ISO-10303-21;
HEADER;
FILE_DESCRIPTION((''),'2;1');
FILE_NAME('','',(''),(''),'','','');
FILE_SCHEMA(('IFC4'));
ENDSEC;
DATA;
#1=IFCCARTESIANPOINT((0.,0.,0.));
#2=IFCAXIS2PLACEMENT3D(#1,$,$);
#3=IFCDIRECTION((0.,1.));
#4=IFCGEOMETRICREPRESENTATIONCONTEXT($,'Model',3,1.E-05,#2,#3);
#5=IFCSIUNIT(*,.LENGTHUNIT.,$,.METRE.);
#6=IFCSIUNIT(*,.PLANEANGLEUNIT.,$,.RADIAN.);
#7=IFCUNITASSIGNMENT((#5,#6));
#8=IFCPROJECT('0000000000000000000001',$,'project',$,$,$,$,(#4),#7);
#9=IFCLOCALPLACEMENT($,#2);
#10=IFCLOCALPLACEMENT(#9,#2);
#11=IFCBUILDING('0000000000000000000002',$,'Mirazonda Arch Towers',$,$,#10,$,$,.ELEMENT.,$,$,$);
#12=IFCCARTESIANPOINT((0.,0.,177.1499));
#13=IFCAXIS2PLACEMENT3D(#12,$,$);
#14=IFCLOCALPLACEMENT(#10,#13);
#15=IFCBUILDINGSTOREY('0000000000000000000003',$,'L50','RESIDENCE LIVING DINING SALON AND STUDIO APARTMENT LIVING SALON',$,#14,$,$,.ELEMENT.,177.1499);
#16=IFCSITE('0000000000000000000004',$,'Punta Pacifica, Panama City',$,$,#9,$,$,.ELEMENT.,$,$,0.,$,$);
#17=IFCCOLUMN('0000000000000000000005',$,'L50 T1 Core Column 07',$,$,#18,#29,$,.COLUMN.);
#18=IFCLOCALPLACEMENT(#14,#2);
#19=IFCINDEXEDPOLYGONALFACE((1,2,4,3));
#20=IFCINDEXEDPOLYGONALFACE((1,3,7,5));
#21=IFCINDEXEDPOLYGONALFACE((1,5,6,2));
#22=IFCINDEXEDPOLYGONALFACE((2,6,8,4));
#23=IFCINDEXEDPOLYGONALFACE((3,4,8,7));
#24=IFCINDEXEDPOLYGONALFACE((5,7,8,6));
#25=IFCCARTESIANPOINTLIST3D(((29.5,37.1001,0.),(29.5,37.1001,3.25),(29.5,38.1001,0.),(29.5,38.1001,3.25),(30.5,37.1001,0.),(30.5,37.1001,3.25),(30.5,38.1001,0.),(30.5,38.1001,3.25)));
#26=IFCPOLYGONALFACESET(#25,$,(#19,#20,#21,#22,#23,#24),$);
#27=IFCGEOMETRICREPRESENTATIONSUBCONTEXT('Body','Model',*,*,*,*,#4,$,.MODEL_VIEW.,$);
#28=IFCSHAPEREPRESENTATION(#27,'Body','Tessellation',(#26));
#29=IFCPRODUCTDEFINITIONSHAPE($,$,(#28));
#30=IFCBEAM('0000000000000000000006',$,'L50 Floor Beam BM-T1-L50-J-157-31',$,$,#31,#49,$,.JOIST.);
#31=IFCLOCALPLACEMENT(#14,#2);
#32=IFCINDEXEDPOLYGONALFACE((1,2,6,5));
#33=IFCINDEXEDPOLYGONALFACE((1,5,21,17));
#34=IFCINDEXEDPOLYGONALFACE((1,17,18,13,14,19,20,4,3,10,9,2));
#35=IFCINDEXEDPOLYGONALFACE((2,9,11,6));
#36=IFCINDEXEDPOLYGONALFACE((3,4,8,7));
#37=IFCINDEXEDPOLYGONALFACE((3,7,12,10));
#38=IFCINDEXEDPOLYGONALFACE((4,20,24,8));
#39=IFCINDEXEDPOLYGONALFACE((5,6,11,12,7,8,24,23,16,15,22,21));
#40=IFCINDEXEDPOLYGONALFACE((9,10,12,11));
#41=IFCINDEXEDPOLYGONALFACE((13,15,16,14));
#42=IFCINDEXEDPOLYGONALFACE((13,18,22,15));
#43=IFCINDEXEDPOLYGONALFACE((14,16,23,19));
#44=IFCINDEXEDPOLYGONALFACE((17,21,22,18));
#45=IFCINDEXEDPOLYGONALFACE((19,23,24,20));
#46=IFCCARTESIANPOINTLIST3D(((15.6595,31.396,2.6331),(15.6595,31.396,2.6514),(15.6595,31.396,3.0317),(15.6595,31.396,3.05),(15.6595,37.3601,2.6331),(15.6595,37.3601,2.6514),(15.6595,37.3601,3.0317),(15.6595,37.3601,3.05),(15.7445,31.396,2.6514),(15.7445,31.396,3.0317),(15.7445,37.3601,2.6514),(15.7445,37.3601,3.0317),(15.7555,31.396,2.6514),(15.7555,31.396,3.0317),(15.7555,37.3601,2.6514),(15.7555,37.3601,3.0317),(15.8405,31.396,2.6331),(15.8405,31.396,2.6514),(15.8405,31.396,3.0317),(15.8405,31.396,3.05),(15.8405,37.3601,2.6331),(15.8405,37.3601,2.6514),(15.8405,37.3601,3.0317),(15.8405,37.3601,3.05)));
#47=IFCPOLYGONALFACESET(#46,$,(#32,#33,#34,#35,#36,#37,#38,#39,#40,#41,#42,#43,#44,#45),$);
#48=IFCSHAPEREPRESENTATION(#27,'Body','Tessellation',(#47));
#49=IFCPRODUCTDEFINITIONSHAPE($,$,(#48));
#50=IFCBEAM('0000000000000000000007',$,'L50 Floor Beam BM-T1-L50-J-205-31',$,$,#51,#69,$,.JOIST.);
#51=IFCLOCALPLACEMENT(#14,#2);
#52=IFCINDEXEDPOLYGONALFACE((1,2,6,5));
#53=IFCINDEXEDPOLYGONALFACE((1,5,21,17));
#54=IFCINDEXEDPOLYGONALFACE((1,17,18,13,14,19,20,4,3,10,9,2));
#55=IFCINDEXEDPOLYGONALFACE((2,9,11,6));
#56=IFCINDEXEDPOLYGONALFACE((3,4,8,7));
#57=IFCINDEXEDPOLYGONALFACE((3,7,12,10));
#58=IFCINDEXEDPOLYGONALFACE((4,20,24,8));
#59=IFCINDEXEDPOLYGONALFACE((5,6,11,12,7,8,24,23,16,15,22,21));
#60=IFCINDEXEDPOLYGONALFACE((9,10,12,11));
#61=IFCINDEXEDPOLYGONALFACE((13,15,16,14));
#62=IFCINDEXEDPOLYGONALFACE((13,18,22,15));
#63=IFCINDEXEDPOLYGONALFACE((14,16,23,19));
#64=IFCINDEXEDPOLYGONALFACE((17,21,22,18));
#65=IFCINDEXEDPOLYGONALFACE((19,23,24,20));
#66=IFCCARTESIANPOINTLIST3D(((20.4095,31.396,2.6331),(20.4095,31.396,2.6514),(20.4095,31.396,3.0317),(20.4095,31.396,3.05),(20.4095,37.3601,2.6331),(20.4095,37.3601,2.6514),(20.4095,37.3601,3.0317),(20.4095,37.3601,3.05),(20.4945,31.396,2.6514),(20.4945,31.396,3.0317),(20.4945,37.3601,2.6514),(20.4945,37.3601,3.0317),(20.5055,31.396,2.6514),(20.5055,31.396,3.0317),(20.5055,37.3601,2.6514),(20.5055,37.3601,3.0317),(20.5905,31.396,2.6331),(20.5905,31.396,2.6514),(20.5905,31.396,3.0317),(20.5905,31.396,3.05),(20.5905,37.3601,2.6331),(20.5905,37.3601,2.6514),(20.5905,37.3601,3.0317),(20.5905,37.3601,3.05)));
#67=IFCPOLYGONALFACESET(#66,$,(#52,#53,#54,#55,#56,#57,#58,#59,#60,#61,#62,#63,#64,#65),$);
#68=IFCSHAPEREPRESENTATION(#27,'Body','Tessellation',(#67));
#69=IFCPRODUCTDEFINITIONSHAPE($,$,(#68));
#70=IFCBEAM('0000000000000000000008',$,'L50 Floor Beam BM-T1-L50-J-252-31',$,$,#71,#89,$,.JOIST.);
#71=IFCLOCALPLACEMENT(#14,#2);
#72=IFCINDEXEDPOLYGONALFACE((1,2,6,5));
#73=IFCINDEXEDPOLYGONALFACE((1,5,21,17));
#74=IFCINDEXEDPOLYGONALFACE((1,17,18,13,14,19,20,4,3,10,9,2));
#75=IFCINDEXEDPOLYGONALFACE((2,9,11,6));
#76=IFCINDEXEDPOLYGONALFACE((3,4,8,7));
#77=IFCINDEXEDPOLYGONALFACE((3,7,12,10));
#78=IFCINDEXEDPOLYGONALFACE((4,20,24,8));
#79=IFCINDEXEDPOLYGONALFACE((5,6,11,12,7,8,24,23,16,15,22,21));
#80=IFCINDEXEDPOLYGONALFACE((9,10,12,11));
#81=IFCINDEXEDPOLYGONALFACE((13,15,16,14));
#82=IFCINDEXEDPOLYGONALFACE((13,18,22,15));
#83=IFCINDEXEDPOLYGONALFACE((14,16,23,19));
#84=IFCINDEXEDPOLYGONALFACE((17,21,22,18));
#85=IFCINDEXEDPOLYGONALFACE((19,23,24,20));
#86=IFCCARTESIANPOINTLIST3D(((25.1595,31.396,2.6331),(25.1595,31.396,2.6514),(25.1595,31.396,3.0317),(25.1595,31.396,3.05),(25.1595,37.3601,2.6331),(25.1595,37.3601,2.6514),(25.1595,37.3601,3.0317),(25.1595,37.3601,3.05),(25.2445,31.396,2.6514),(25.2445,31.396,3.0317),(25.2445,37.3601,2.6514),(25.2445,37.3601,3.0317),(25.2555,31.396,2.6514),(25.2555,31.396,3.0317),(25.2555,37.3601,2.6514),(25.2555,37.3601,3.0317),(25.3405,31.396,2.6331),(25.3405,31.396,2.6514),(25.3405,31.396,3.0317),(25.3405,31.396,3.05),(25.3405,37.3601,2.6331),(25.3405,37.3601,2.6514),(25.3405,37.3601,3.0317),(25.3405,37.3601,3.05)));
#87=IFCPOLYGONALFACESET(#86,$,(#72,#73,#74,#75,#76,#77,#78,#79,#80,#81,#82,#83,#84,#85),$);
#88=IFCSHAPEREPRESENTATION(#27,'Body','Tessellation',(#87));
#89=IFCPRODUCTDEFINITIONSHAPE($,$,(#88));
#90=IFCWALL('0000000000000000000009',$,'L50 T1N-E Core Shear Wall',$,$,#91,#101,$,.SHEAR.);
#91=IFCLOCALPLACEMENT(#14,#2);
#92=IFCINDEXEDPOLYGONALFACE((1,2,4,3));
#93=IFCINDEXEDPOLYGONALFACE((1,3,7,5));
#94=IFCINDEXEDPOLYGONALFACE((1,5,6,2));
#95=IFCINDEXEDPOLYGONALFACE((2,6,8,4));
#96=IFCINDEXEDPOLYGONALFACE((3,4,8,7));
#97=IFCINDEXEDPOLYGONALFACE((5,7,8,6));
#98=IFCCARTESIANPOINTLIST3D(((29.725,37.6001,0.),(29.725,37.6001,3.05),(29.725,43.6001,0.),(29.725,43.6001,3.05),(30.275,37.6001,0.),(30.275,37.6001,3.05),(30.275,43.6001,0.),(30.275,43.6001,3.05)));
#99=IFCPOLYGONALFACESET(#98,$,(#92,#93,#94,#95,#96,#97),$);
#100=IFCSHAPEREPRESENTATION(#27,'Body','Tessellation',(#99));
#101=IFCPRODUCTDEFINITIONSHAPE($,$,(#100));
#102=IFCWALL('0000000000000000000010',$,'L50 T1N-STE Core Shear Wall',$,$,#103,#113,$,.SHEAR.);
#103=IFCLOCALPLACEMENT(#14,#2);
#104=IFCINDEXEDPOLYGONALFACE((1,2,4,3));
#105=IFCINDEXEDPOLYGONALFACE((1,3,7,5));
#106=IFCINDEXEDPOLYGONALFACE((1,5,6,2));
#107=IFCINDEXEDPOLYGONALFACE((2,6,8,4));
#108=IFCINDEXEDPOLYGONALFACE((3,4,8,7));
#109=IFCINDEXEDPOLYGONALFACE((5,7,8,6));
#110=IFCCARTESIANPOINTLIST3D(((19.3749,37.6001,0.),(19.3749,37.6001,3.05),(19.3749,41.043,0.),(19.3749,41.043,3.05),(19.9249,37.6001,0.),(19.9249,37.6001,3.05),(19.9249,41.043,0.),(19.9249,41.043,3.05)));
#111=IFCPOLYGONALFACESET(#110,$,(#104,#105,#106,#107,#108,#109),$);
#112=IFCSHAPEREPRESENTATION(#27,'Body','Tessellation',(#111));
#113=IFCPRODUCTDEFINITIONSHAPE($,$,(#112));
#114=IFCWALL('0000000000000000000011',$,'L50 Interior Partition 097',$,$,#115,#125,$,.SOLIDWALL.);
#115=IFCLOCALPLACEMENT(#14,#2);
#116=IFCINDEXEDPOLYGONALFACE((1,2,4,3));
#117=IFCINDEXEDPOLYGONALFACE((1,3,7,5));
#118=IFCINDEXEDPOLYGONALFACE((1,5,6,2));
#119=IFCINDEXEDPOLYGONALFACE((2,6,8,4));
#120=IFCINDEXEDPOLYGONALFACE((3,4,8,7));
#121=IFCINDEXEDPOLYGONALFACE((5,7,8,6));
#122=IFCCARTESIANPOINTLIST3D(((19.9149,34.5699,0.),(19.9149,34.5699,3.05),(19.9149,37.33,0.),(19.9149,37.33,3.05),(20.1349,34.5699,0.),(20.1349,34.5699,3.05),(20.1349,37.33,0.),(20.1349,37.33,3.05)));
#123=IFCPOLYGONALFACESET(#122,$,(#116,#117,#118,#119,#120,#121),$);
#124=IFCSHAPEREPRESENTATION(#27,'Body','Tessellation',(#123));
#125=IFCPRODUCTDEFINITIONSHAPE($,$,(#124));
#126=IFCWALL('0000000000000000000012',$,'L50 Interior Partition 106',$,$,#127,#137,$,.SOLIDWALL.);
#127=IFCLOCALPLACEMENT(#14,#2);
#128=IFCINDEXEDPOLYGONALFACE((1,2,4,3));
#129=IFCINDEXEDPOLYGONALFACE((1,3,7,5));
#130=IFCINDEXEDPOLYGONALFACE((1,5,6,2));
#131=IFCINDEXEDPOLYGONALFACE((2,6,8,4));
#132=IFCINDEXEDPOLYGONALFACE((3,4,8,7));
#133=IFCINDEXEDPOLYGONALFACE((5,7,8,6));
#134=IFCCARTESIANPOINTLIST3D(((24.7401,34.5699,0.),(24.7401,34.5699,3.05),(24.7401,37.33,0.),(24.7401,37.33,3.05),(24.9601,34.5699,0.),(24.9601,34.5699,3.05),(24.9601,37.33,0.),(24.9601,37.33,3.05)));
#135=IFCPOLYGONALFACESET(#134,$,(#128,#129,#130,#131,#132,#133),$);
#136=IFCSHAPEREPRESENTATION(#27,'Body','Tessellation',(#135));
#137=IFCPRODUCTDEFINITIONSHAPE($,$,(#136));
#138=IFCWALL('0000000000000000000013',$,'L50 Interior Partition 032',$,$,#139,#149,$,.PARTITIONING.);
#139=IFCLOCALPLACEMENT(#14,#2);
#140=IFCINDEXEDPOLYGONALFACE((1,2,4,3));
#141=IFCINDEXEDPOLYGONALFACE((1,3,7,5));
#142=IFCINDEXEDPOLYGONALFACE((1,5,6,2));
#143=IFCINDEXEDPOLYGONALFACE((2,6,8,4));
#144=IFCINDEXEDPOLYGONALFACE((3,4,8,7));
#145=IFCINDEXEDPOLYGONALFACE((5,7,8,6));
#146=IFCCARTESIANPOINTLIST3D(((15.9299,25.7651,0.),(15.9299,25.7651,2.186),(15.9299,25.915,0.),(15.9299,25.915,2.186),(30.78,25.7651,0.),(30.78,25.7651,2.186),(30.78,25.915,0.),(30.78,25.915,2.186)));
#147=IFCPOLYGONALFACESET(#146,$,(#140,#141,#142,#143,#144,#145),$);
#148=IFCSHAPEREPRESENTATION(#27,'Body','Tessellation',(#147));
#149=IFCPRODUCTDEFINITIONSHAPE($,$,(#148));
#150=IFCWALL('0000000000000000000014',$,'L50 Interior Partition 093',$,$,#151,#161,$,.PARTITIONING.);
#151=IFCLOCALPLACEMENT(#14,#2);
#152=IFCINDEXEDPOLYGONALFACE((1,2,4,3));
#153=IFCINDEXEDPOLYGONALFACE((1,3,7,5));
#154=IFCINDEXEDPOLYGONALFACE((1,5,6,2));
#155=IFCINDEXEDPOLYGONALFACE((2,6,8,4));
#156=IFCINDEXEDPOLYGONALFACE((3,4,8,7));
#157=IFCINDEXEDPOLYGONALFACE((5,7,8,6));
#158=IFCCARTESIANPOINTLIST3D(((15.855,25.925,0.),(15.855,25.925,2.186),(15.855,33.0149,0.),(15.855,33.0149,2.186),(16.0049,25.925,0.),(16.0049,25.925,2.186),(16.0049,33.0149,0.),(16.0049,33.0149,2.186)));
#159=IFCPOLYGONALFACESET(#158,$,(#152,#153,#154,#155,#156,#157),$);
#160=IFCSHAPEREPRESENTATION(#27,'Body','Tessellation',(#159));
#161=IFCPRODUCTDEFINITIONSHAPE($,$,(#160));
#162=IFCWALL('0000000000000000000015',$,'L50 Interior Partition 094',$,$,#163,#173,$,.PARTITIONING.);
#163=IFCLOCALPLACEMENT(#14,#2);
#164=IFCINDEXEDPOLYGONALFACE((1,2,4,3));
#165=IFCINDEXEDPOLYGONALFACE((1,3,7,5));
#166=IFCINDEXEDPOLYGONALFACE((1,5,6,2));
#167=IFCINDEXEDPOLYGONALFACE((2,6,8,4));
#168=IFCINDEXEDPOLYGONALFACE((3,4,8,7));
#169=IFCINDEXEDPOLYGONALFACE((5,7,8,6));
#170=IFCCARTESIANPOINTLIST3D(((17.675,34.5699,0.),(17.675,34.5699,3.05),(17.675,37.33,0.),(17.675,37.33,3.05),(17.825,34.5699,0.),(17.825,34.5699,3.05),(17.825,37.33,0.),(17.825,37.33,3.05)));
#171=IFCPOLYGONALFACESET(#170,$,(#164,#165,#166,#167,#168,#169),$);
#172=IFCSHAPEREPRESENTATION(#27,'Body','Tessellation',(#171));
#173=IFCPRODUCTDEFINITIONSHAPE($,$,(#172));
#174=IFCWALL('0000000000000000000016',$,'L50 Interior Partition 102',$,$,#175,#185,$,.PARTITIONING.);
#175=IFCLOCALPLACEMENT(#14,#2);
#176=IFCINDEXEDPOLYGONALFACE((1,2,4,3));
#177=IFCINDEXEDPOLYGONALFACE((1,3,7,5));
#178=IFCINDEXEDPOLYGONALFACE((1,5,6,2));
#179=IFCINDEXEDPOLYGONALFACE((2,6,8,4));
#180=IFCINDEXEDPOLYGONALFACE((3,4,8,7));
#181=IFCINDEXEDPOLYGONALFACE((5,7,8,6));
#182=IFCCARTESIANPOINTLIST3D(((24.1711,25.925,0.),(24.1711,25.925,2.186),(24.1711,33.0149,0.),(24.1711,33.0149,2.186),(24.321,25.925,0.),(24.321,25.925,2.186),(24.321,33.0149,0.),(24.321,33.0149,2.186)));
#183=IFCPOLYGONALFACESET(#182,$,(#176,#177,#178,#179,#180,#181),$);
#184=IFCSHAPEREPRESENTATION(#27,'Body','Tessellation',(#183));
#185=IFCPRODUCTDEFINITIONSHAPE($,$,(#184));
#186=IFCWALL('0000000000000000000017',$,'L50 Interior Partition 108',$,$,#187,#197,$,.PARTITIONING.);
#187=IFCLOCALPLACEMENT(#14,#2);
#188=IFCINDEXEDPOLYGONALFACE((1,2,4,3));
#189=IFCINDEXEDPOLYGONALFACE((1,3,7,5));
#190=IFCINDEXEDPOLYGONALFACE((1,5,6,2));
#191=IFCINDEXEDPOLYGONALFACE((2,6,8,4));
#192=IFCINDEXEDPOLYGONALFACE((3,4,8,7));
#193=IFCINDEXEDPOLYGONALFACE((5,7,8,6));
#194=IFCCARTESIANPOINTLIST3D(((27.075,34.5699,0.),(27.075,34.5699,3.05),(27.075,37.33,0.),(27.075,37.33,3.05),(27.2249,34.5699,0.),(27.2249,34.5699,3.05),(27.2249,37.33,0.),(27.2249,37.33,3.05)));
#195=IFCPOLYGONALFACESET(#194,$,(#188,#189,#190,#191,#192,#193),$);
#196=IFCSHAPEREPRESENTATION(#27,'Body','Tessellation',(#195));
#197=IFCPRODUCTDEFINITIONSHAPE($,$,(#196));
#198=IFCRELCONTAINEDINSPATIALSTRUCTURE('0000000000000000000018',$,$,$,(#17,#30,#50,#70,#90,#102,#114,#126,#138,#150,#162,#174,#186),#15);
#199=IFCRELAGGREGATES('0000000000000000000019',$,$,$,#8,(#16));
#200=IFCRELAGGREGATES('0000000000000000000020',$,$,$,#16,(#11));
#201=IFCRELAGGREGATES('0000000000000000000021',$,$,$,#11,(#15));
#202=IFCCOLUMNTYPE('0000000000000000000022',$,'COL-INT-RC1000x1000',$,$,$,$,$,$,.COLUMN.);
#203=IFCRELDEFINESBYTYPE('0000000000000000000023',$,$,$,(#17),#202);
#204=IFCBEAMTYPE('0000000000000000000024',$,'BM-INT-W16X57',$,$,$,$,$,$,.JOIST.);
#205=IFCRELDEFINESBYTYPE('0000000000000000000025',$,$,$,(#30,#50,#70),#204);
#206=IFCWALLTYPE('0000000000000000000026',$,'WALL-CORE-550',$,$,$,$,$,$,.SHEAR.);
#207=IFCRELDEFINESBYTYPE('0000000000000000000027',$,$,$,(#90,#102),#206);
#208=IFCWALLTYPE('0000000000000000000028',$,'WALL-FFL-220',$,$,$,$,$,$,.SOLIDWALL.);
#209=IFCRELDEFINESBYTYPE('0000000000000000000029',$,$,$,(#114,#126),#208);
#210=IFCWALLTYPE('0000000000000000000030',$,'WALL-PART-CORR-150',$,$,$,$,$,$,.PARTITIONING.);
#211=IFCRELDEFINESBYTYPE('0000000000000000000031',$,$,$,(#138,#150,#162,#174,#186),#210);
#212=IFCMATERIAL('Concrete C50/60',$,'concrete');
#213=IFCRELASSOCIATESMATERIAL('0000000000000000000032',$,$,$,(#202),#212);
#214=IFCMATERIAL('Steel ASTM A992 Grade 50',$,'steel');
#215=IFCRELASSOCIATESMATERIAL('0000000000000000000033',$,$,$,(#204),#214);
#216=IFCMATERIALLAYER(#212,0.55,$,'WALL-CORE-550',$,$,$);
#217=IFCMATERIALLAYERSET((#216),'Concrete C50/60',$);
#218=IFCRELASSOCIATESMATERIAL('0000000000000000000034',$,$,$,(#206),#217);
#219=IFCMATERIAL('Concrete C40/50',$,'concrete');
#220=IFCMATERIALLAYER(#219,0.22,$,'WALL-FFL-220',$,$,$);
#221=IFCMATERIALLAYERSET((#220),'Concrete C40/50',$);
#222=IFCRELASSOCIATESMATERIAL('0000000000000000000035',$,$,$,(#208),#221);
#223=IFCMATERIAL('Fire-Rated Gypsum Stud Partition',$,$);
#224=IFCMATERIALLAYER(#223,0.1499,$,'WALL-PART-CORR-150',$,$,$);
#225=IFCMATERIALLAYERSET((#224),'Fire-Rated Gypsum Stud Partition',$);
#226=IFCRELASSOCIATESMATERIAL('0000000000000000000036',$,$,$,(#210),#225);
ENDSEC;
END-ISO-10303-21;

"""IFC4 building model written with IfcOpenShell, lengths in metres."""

from ifc_helpers import new_model, si_unit, direction, frame, frame_2d, origin, origin_2d, place, context, subcontext, project, spatial, rectangle, i_section, extrude, material, layer, layer_set, material_profile, profile_set, type_object, element, save


model = new_model("IFC4")

# Units and contexts
model_context = context("Model", 3, precision=1e-05, world=origin(), true_north=direction((0.0, 1.0)))
body_context = subcontext(model_context, "Body", "Model", "MODEL_VIEW")
ifc_project = project(units=[si_unit("LENGTHUNIT", "METRE"), si_unit("PLANEANGLEUNIT", "RADIAN")], contexts=[model_context])

# Site, building, storey
site_placement = place(None, origin())
site = spatial("IfcSite", under=ifc_project, at=site_placement, Name="Punta Pacifica, Panama City", CompositionType="ELEMENT", RefElevation=0.0)
building_placement = place(site_placement, origin())
building = spatial("IfcBuilding", under=site, at=building_placement, Name="Mirazonda Arch Towers", CompositionType="ELEMENT")
storey_placement = place(building_placement, frame((0.0, 0.0, 177.1499)))
storey = spatial("IfcBuildingStorey", under=building, at=storey_placement, Name="L50", Description="RESIDENCE LIVING DINING SALON AND STUDIO APARTMENT LIVING SALON", CompositionType="ELEMENT", Elevation=177.1499)

# Column
ifc_material_1 = material(Name="Concrete C50/60", Category="concrete")
ifc_material_profile_1 = material_profile(ifc_material_1, rectangle(XDim=1.0, YDim=1.0, at=origin_2d()), Name="RC1000x1000")
ifc_profile_set_1 = profile_set([ifc_material_profile_1], Name="Concrete C50/60")
column_type = type_object("IfcColumnType", Name="COL-INT-RC1000x1000", PredefinedType="COLUMN", material=ifc_profile_set_1)
column_placement = place(storey_placement, frame((30.0, 37.6001, 0.0), z_axis=(0.0, 0.0, 1.0), x_axis=(1.0, 0.0, 0.0)))
element("IfcColumn", 1, at=column_placement, inside=storey, type_object=column_type, Name="L50 T1 Core Column 07", PredefinedType="COLUMN", context=body_context, shape_type="SweptSolid", body=[
    extrude(rectangle(XDim=1.0, YDim=1.0, at=origin_2d()), origin(), (0.0, 0.0, 1.0), 3.25),
])

# Beams
ifc_material_2 = material(Name="Steel ASTM A992 Grade 50", Category="steel")
ifc_material_profile_2 = material_profile(ifc_material_2, i_section(OverallWidth=0.1809, OverallDepth=0.417, WebThickness=0.011, FlangeThickness=0.0183, at=origin_2d()), Name="W16X57")
ifc_profile_set_2 = profile_set([ifc_material_profile_2], Name="Steel ASTM A992 Grade 50")
beam_type = type_object("IfcBeamType", Name="BM-INT-W16X57", PredefinedType="JOIST", material=ifc_profile_set_2)
for number, where, z_axis, x_axis, name in (
    (2, (15.75, 31.396, 2.8416), (0.0, 1.0, 0.0), (-1.0, 0.0, 0.0), "L50 Floor Beam BM-T1-L50-J-157-31"),
    (3, (20.5, 31.396, 2.8416), (0.0, 1.0, 0.0), (-1.0, 0.0, 0.0), "L50 Floor Beam BM-T1-L50-J-205-31"),
    (4, (25.25, 31.396, 2.8416), (0.0, 1.0, 0.0), (-1.0, 0.0, 0.0), "L50 Floor Beam BM-T1-L50-J-252-31"),
):
    element("IfcBeam", number, at=place(storey_placement, frame(where, z_axis=z_axis, x_axis=x_axis)), inside=storey, type_object=beam_type, Name=name, PredefinedType="JOIST", context=body_context, shape_type="SweptSolid", body=[
        extrude(i_section(OverallWidth=0.1809, OverallDepth=0.417, WebThickness=0.011, FlangeThickness=0.0183, at=origin_2d()), origin(), (0.0, 0.0, 1.0), 5.9641),
    ])

# Walls
ifc_layer_1 = layer(ifc_material_1, 0.55, Name="WALL-CORE-550")
ifc_layer_set_1 = layer_set([ifc_layer_1], Name="Concrete C50/60")
wall_type_1 = type_object("IfcWallType", Name="WALL-CORE-550", PredefinedType="SHEAR", material=ifc_layer_set_1)
wall_1_placement = place(storey_placement, frame((30.0, 37.6001, 0.0), z_axis=(0.0, 0.0, 1.0), x_axis=(0.0, 1.0, 0.0)))
element("IfcWall", 5, at=wall_1_placement, inside=storey, type_object=wall_type_1, Name="L50 T1N-E Core Shear Wall", PredefinedType="SHEAR", context=body_context, shape_type="SweptSolid", body=[
    extrude(rectangle(XDim=6.0, YDim=0.55, at=frame_2d((3.0, 0.0))), origin(), (0.0, 0.0, 1.0), 3.05),
])
wall_2_placement = place(storey_placement, frame((19.6499, 37.6001, 0.0), z_axis=(0.0, 0.0, 1.0), x_axis=(0.0, 1.0, 0.0)))
element("IfcWall", 6, at=wall_2_placement, inside=storey, type_object=wall_type_1, Name="L50 T1N-STE Core Shear Wall", PredefinedType="SHEAR", context=body_context, shape_type="SweptSolid", body=[
    extrude(rectangle(XDim=3.4429, YDim=0.55, at=frame_2d((1.7214, 0.0))), origin(), (0.0, 0.0, 1.0), 3.05),
])

# Shared definitions
ifc_material_3 = material(Name="Concrete C40/50", Category="concrete")
ifc_layer_2 = layer(ifc_material_3, 0.22, Name="WALL-FFL-220")
ifc_layer_set_2 = layer_set([ifc_layer_2], Name="Concrete C40/50")
wall_type_2 = type_object("IfcWallType", Name="WALL-FFL-220", PredefinedType="SOLIDWALL", material=ifc_layer_set_2)

# Walls
for number, where, z_axis, x_axis, name in (
    (7, (20.0249, 34.5701, 0.0), (0.0, 0.0, 1.0), (0.0, 1.0, 0.0), "L50 Interior Partition 097"),
    (8, (24.8501, 34.5701, 0.0), (0.0, 0.0, 1.0), (0.0, 1.0, 0.0), "L50 Interior Partition 106"),
):
    element("IfcWall", number, at=place(storey_placement, frame(where, z_axis=z_axis, x_axis=x_axis)), inside=storey, type_object=wall_type_2, Name=name, PredefinedType="SOLIDWALL", context=body_context, shape_type="SweptSolid", body=[
        extrude(rectangle(XDim=2.76, YDim=0.22, at=frame_2d((1.3799, 0.0))), origin(), (0.0, 0.0, 1.0), 3.05),
    ])
ifc_material_4 = material(Name="Fire-Rated Gypsum Stud Partition")
ifc_layer_3 = layer(ifc_material_4, 0.1499, Name="WALL-PART-CORR-150")
ifc_layer_set_3 = layer_set([ifc_layer_3], Name="Fire-Rated Gypsum Stud Partition")
wall_type_3 = type_object("IfcWallType", Name="WALL-PART-CORR-150", PredefinedType="PARTITIONING", material=ifc_layer_set_3)
wall_3_placement = place(storey_placement, frame((15.9299, 25.8401, 0.0), z_axis=(0.0, 0.0, 1.0), x_axis=(1.0, 0.0, 0.0)))
element("IfcWall", 9, at=wall_3_placement, inside=storey, type_object=wall_type_3, Name="L50 Interior Partition 032", PredefinedType="PARTITIONING", context=body_context, shape_type="SweptSolid", body=[
    extrude(rectangle(XDim=14.8501, YDim=0.1499, at=frame_2d((7.425, 0.0))), origin(), (0.0, 0.0, 1.0), 2.186),
])
wall_4_placement = place(storey_placement, frame((15.9299, 25.925, 0.0), z_axis=(0.0, 0.0, 1.0), x_axis=(0.0, 1.0, 0.0)))
element("IfcWall", 10, at=wall_4_placement, inside=storey, type_object=wall_type_3, Name="L50 Interior Partition 093", PredefinedType="PARTITIONING", context=body_context, shape_type="SweptSolid", body=[
    extrude(rectangle(XDim=7.0898, YDim=0.1499, at=frame_2d((3.5449, 0.0))), origin(), (0.0, 0.0, 1.0), 2.186),
])
wall_5_placement = place(storey_placement, frame((17.75, 34.5701, 0.0), z_axis=(0.0, 0.0, 1.0), x_axis=(0.0, 1.0, 0.0)))
element("IfcWall", 11, at=wall_5_placement, inside=storey, type_object=wall_type_3, Name="L50 Interior Partition 094", PredefinedType="PARTITIONING", context=body_context, shape_type="SweptSolid", body=[
    extrude(rectangle(XDim=2.76, YDim=0.1499, at=frame_2d((1.3799, 0.0))), origin(), (0.0, 0.0, 1.0), 3.05),
])
wall_6_placement = place(storey_placement, frame((24.2461, 25.925, 0.0), z_axis=(0.0, 0.0, 1.0), x_axis=(0.0, 1.0, 0.0)))
element("IfcWall", 12, at=wall_6_placement, inside=storey, type_object=wall_type_3, Name="L50 Interior Partition 102", PredefinedType="PARTITIONING", context=body_context, shape_type="SweptSolid", body=[
    extrude(rectangle(XDim=7.0898, YDim=0.1499, at=frame_2d((3.5449, 0.0))), origin(), (0.0, 0.0, 1.0), 2.186),
])
for number, where, z_axis, x_axis, name in (
    (13, (27.1499, 34.5701, 0.0), (0.0, 0.0, 1.0), (0.0, 1.0, 0.0), "L50 Interior Partition 108"),
):
    element("IfcWall", number, at=place(storey_placement, frame(where, z_axis=z_axis, x_axis=x_axis)), inside=storey, type_object=wall_type_3, Name=name, PredefinedType="PARTITIONING", context=body_context, shape_type="SweptSolid", body=[
        extrude(rectangle(XDim=2.76, YDim=0.1499, at=frame_2d((1.3799, 0.0))), origin(), (0.0, 0.0, 1.0), 3.05),
    ])

save(model, "model.ifc")
